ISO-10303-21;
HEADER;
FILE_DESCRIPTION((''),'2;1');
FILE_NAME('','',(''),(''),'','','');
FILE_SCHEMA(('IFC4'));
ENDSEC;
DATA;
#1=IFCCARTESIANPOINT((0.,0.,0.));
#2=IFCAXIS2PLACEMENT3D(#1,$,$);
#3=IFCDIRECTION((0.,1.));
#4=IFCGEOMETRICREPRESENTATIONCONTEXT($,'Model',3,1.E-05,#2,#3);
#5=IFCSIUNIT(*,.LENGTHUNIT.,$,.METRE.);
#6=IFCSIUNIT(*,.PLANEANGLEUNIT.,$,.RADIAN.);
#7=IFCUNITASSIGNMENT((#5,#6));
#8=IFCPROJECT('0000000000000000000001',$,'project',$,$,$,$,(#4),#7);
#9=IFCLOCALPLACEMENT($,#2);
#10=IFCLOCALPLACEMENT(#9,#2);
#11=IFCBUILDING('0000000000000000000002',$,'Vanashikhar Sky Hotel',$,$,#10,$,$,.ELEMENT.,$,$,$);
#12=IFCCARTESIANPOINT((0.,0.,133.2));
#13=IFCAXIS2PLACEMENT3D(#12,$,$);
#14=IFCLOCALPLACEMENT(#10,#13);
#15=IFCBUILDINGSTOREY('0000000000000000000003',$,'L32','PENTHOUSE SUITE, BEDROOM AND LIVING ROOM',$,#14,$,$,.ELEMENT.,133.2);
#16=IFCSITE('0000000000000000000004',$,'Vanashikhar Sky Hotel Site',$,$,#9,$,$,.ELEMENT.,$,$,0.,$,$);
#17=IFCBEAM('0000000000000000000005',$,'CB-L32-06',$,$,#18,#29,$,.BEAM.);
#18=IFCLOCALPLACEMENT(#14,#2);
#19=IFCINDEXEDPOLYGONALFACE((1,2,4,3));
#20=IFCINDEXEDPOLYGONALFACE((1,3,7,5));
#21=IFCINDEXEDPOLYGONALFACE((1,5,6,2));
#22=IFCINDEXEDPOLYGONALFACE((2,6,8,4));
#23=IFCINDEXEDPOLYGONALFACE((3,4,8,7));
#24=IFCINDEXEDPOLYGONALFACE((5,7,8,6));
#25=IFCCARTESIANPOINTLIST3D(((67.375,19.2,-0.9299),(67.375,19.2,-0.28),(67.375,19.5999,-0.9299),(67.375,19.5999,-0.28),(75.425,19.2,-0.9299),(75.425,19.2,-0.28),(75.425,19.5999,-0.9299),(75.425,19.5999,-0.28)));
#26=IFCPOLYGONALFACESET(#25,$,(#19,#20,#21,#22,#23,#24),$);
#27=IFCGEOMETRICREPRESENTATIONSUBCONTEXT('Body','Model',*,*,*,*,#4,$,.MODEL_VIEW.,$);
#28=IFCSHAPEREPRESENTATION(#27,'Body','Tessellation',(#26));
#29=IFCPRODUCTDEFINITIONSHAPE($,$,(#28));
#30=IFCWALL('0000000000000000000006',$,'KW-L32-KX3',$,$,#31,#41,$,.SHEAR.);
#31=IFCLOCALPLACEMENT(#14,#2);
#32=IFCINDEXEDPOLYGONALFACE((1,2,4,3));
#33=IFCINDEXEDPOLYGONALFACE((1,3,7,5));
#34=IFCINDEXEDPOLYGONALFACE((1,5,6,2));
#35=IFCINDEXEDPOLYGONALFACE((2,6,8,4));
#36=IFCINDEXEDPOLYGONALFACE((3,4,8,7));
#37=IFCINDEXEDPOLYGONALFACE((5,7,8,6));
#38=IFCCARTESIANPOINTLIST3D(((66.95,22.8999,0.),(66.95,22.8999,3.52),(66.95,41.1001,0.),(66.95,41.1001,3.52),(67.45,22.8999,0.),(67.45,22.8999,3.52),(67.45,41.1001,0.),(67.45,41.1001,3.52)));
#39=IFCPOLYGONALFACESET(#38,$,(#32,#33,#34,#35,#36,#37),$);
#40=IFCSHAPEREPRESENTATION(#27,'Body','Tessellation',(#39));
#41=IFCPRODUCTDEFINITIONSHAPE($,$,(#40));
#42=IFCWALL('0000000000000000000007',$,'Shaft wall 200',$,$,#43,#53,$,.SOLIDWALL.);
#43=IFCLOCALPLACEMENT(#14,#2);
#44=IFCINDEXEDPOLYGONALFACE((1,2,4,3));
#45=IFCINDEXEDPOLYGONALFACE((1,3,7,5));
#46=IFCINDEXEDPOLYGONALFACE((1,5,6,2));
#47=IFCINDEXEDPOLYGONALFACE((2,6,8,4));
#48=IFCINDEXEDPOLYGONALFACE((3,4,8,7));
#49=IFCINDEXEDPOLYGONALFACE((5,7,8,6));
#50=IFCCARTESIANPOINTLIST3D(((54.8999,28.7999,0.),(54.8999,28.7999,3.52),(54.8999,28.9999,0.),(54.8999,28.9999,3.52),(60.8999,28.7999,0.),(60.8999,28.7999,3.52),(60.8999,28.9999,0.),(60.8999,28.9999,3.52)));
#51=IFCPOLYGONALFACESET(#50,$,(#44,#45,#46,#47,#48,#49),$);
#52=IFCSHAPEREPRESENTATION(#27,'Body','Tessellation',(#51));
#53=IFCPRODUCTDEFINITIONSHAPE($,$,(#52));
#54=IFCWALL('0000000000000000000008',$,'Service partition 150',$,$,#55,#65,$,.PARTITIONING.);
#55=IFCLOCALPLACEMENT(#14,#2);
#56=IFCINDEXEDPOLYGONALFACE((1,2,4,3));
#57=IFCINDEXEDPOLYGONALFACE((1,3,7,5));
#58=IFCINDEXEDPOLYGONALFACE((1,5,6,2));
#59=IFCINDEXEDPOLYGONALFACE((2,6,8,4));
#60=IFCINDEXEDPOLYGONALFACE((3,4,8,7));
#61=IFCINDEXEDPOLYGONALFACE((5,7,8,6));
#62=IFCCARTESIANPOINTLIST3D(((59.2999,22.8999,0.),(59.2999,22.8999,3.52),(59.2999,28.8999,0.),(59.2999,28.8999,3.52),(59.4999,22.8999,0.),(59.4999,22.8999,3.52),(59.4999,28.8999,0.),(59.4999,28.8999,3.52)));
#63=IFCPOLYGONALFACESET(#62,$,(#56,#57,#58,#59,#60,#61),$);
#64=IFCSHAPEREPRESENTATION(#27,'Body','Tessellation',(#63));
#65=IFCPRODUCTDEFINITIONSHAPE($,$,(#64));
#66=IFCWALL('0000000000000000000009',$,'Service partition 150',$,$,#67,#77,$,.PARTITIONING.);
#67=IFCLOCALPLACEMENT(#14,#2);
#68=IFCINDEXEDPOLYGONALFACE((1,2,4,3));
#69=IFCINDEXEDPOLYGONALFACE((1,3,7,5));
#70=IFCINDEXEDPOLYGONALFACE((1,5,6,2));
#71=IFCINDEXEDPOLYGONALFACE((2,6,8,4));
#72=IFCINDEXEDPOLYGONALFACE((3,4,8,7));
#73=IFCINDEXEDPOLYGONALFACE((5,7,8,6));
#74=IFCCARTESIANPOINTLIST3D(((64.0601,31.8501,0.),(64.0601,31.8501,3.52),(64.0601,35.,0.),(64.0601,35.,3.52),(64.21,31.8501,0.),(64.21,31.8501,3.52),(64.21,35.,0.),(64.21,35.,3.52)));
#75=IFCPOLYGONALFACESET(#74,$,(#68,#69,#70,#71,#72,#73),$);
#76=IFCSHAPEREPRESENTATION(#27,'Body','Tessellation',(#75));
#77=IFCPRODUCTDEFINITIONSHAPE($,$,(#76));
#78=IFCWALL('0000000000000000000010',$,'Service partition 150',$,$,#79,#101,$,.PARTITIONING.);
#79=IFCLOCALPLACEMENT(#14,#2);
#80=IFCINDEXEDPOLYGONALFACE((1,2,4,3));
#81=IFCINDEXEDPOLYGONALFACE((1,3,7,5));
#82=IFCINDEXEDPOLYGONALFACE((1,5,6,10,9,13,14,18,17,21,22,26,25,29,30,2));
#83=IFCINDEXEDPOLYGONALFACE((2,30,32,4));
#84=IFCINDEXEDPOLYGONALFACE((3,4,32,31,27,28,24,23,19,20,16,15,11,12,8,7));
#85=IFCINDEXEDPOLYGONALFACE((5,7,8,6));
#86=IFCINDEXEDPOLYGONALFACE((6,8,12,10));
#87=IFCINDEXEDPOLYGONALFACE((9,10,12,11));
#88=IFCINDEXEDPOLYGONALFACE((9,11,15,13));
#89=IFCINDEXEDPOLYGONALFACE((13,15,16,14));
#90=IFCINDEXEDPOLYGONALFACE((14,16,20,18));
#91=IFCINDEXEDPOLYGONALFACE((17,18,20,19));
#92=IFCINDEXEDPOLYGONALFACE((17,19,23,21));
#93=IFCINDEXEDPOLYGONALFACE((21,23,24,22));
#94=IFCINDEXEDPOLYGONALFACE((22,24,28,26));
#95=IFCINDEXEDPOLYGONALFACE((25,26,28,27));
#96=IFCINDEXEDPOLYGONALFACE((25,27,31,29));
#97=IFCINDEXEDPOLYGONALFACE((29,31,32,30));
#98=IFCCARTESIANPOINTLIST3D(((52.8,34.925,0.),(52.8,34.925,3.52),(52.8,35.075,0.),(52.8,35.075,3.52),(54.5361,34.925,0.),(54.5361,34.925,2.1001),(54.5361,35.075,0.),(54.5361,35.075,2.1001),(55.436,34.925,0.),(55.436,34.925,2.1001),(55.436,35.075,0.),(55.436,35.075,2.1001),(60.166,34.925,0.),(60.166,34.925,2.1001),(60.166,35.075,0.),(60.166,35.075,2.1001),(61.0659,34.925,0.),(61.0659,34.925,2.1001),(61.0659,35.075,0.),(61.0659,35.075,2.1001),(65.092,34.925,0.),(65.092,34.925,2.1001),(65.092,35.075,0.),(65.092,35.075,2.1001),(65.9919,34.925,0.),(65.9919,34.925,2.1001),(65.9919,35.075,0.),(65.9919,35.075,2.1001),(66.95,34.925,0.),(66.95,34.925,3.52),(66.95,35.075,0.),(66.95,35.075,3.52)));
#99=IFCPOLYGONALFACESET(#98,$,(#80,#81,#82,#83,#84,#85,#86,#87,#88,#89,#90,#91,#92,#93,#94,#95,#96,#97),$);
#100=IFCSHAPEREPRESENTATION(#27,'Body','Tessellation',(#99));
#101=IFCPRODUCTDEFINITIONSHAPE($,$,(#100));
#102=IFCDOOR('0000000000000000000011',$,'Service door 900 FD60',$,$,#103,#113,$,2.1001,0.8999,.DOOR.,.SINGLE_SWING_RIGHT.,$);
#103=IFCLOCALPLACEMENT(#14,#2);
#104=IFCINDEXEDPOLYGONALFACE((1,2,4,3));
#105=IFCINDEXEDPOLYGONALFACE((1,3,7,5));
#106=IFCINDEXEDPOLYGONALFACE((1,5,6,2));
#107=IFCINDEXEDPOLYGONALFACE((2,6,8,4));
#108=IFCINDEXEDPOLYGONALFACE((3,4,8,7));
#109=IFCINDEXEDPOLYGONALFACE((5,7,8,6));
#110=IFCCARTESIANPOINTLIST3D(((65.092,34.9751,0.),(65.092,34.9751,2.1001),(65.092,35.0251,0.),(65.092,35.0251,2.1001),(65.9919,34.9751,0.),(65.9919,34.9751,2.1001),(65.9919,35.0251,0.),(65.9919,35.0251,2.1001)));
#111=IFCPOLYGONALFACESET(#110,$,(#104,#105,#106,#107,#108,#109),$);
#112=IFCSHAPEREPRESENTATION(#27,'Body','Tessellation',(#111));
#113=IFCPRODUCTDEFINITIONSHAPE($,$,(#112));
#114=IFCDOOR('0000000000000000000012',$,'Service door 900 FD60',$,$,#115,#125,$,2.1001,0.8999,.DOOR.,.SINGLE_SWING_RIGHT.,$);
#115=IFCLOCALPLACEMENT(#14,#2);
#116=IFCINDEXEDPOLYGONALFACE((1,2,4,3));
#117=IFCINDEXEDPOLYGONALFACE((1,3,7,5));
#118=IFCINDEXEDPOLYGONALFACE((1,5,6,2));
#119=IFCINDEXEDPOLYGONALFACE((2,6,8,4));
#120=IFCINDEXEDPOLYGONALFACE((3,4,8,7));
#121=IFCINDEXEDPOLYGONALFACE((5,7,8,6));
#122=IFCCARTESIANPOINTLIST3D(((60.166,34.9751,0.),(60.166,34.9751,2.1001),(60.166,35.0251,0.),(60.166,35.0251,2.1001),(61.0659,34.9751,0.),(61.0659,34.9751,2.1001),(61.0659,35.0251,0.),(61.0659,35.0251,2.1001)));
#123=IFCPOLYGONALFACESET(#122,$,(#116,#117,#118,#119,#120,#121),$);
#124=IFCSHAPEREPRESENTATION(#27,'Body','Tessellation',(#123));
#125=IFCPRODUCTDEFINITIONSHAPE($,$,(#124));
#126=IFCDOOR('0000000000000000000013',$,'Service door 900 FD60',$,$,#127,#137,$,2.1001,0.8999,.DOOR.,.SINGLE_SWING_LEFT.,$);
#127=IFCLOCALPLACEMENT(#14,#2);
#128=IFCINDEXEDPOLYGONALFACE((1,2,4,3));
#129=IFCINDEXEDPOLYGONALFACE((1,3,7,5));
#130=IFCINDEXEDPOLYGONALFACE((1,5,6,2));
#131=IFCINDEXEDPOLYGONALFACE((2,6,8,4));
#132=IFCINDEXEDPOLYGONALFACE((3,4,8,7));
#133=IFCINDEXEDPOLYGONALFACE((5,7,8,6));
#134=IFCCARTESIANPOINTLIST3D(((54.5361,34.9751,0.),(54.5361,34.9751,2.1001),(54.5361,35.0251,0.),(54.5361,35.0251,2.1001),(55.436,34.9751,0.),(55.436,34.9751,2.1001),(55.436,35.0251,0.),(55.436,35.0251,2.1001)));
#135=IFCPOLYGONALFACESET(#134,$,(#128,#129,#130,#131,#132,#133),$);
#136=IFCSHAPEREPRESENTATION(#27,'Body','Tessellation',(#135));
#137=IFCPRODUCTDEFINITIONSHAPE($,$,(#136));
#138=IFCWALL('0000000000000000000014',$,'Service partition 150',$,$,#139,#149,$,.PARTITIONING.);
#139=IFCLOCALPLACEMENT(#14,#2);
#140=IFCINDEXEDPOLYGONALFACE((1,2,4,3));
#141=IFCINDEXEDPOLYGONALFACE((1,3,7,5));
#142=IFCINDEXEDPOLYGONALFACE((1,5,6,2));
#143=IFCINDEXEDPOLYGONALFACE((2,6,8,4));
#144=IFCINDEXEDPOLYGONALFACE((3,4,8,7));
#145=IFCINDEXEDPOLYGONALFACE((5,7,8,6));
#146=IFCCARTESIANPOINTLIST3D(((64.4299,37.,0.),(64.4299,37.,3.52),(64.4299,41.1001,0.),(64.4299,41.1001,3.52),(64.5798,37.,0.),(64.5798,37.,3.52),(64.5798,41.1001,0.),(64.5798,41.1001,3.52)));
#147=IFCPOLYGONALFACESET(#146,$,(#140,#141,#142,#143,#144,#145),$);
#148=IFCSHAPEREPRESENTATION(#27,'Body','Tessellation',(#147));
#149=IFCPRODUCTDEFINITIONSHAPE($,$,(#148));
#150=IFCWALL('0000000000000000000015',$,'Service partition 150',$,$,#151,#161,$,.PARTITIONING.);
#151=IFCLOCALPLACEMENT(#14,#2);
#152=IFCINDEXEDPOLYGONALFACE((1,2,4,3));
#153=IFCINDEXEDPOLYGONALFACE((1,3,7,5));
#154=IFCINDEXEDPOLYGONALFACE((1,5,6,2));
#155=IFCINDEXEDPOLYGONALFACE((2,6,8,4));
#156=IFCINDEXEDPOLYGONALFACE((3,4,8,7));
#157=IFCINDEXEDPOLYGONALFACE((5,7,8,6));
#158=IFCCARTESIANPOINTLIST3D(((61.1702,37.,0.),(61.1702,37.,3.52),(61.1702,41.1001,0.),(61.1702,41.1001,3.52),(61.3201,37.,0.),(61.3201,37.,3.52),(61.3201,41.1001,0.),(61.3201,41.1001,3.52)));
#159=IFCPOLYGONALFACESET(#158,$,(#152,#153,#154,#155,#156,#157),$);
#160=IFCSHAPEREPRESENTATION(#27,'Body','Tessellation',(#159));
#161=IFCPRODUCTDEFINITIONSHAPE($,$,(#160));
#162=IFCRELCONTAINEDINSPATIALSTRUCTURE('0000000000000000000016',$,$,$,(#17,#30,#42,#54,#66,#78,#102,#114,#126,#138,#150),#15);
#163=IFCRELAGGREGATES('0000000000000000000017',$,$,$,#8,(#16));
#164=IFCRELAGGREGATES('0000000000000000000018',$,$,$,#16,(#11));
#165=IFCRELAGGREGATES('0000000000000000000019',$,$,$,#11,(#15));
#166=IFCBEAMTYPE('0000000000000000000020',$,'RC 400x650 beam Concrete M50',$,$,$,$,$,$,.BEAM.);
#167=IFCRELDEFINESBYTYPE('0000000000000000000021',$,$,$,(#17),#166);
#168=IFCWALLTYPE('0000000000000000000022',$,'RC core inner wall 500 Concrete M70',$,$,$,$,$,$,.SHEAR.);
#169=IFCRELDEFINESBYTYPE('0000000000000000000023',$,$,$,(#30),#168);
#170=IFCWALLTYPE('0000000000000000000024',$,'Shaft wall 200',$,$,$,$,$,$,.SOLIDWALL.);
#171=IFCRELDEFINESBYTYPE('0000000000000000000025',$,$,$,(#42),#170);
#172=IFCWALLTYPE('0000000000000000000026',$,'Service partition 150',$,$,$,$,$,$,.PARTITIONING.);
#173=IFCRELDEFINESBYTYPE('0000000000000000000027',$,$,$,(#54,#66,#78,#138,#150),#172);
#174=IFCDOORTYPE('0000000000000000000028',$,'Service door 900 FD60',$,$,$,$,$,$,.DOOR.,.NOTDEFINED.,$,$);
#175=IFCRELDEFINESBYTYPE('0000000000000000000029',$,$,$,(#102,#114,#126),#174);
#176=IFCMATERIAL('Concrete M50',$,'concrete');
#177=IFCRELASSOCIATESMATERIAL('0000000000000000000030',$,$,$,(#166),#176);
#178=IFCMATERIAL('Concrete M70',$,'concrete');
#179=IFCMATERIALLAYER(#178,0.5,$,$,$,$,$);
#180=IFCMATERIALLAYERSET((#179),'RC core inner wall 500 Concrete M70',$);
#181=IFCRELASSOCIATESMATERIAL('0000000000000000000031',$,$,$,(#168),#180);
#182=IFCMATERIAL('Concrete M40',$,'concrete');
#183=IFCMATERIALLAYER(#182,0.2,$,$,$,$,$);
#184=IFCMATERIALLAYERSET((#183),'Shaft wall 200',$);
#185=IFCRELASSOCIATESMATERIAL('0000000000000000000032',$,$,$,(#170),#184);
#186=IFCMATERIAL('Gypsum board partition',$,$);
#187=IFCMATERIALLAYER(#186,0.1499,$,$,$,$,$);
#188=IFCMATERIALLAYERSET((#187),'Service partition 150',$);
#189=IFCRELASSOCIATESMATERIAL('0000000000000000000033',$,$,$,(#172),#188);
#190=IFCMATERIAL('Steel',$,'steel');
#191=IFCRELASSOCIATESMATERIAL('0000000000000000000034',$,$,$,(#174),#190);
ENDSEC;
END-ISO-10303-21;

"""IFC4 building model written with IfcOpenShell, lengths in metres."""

from ifc_helpers import new_model, si_unit, direction, frame, frame_2d, origin, origin_2d, place, context, subcontext, project, spatial, rectangle, extrude, source, transform, mapped, material, layer, layer_set, material_profile, profile_set, type_object, element, fill, save


model = new_model("IFC4")

# Units and contexts
model_context = context("Model", 3, precision=1e-05, world=origin(), true_north=direction((0.0, 1.0)))
body_context = subcontext(model_context, "Body", "Model", "MODEL_VIEW")
ifc_project = project(units=[si_unit("LENGTHUNIT", "METRE"), si_unit("PLANEANGLEUNIT", "RADIAN")], contexts=[model_context])

# Site, building, storey
site_placement = place(None, origin())
site = spatial("IfcSite", under=ifc_project, at=site_placement, Name="Vanashikhar Sky Hotel Site", CompositionType="ELEMENT", RefElevation=0.0)
building_placement = place(site_placement, origin())
building = spatial("IfcBuilding", under=site, at=building_placement, Name="Vanashikhar Sky Hotel", CompositionType="ELEMENT")
storey_placement = place(building_placement, frame((0.0, 0.0, 133.2)))
storey = spatial("IfcBuildingStorey", under=building, at=storey_placement, Name="L32", Description="PENTHOUSE SUITE, BEDROOM AND LIVING ROOM", CompositionType="ELEMENT", Elevation=133.2)

# Beam
ifc_material_1 = material(Name="Concrete M50", Category="concrete")
ifc_material_profile = material_profile(ifc_material_1, rectangle(XDim=0.3999, YDim=0.6499, at=origin_2d()))
ifc_profile_set = profile_set([ifc_material_profile], Name="RC 400x650 beam Concrete M50")
beam_type = type_object("IfcBeamType", Name="RC 400x650 beam Concrete M50", PredefinedType="BEAM", material=ifc_profile_set)
shared_shape_1 = source(origin(), body_context, "Body", "SweptSolid", [
    extrude(rectangle(XDim=0.3999, YDim=0.6499, at=origin_2d()), origin(), (0.0, 0.0, 1.0), 8.05),
])
beam_placement = place(storey_placement, frame((67.375, 19.3999, -0.605), z_axis=(1.0, 0.0, 0.0), x_axis=(0.0, 1.0, 0.0)))
element("IfcBeam", 1, at=beam_placement, inside=storey, type_object=beam_type, Name="CB-L32-06", PredefinedType="BEAM", context=body_context, shape_type="MappedRepresentation", body=[
    mapped(shared_shape_1, transform((0.0, 0.0, 0.0), scale=1.0)),
])

# Walls
ifc_material_2 = material(Name="Concrete M70", Category="concrete")
ifc_layer_1 = layer(ifc_material_2, 0.5)
ifc_layer_set_1 = layer_set([ifc_layer_1], Name="RC core inner wall 500 Concrete M70")
wall_type_1 = type_object("IfcWallType", Name="RC core inner wall 500 Concrete M70", PredefinedType="SHEAR", material=ifc_layer_set_1)
shared_shape_2 = source(origin(), body_context, "Body", "SweptSolid", [
    extrude(rectangle(XDim=18.2002, YDim=0.5, at=frame_2d((9.1001, 0.0))), origin(), (0.0, 0.0, 1.0), 3.52),
])
wall_1_placement = place(storey_placement, frame((67.2, 22.8999, 0.0), z_axis=(0.0, 0.0, 1.0), x_axis=(0.0, 1.0, 0.0)))
element("IfcWall", 2, at=wall_1_placement, inside=storey, type_object=wall_type_1, Name="KW-L32-KX3", PredefinedType="SHEAR", context=body_context, shape_type="MappedRepresentation", body=[
    mapped(shared_shape_2, transform((0.0, 0.0, 0.0), scale=1.0)),
])
ifc_material_3 = material(Name="Concrete M40", Category="concrete")
ifc_layer_2 = layer(ifc_material_3, 0.2)
ifc_layer_set_2 = layer_set([ifc_layer_2], Name="Shaft wall 200")
wall_type_2 = type_object("IfcWallType", Name="Shaft wall 200", PredefinedType="SOLIDWALL", material=ifc_layer_set_2)
shared_shape_3 = source(origin(), body_context, "Body", "SweptSolid", [
    extrude(rectangle(XDim=6.0, YDim=0.2, at=frame_2d((3.0, 0.0))), origin(), (0.0, 0.0, 1.0), 3.52),
])
wall_2_placement = place(storey_placement, frame((60.8999, 28.8999, 0.0), z_axis=(0.0, 0.0, 1.0), x_axis=(-1.0, 0.0, 0.0)))
element("IfcWall", 3, at=wall_2_placement, inside=storey, type_object=wall_type_2, Name="Shaft wall 200", PredefinedType="SOLIDWALL", context=body_context, shape_type="MappedRepresentation", body=[
    mapped(shared_shape_3, transform((0.0, 0.0, 0.0), scale=1.0)),
])
ifc_material_4 = material(Name="Gypsum board partition")
ifc_layer_3 = layer(ifc_material_4, 0.1499)
ifc_layer_set_3 = layer_set([ifc_layer_3], Name="Service partition 150")
wall_type_3 = type_object("IfcWallType", Name="Service partition 150", PredefinedType="PARTITIONING", material=ifc_layer_set_3)
wall_3_placement = place(storey_placement, frame((59.3999, 22.8999, 0.0), z_axis=(0.0, 0.0, 1.0), x_axis=(0.0, 1.0, 0.0)))
element("IfcWall", 4, at=wall_3_placement, inside=storey, type_object=wall_type_3, Name="Service partition 150", PredefinedType="PARTITIONING", context=body_context, shape_type="MappedRepresentation", body=[
    mapped(shared_shape_3, transform((0.0, 0.0, 0.0), scale=1.0)),
])
shared_shape_4 = source(origin(), body_context, "Body", "SweptSolid", [
    extrude(rectangle(XDim=3.1499, YDim=0.1499, at=frame_2d((1.575, 0.0))), origin(), (0.0, 0.0, 1.0), 3.52),
])
wall_4_placement = place(storey_placement, frame((64.135, 31.8501, 0.0), z_axis=(0.0, 0.0, 1.0), x_axis=(0.0, 1.0, 0.0)))
element("IfcWall", 5, at=wall_4_placement, inside=storey, type_object=wall_type_3, Name="Service partition 150", PredefinedType="PARTITIONING", context=body_context, shape_type="MappedRepresentation", body=[
    mapped(shared_shape_4, transform((0.0, 0.0, 0.0), scale=1.0)),
])

# Wall, openings, doors
shared_shape_5 = source(origin(), body_context, "Body", "SweptSolid", [
    extrude(rectangle(XDim=14.1499, YDim=0.1499, at=frame_2d((7.075, 0.0))), origin(), (0.0, 0.0, 1.0), 3.52),
])
wall_5_placement = place(storey_placement, frame((66.95, 35.0, 0.0), z_axis=(0.0, 0.0, 1.0), x_axis=(-1.0, 0.0, 0.0)))
wall_5 = element("IfcWall", 6, at=wall_5_placement, inside=storey, type_object=wall_type_3, Name="Service partition 150", PredefinedType="PARTITIONING", context=body_context, shape_type="MappedRepresentation", body=[
    mapped(shared_shape_5, transform((0.0, 0.0, 0.0), scale=1.0)),
])
shared_shape_6 = source(origin(), body_context, "Body", "SweptSolid", [
    extrude(rectangle(XDim=0.8999, YDim=2.1001, at=frame_2d((0.45, 1.05))), frame((0.0, 0.085, 0.0), z_axis=(0.0, -1.0, 0.0), x_axis=(1.0, 0.0, 0.0)), (0.0, 0.0, 1.0), 0.1699),
])
opening_1_placement = place(wall_5_placement, frame((0.958, 0.0, 0.0)))
opening_1 = element("IfcOpeningElement", 7, at=opening_1_placement, cuts=wall_5, PredefinedType="OPENING", context=body_context, shape_type="MappedRepresentation", body=[
    mapped(shared_shape_6, transform((0.0, 0.0, 0.0), scale=1.0)),
])
opening_2_placement = place(wall_5_placement, frame((5.884, 0.0, 0.0)))
opening_2 = element("IfcOpeningElement", 8, at=opening_2_placement, cuts=wall_5, PredefinedType="OPENING", context=body_context, shape_type="MappedRepresentation", body=[
    mapped(shared_shape_6, transform((0.0, 0.0, 0.0), scale=1.0)),
])
opening_3_placement = place(wall_5_placement, frame((11.5139, 0.0, 0.0)))
opening_3 = element("IfcOpeningElement", 9, at=opening_3_placement, cuts=wall_5, PredefinedType="OPENING", context=body_context, shape_type="MappedRepresentation", body=[
    mapped(shared_shape_6, transform((0.0, 0.0, 0.0), scale=1.0)),
])
ifc_material_5 = material(Name="Steel", Category="steel")
door_type_1 = type_object("IfcDoorType", Name="Service door 900 FD60", OperationType="NOTDEFINED", PredefinedType="DOOR", material=ifc_material_5)
shared_shape_7 = source(origin(), body_context, "Body", "SweptSolid", [
    extrude(rectangle(XDim=0.8999, YDim=2.1001, at=frame_2d((0.45, 1.05))), frame((0.0, 0.0249, 0.0), z_axis=(0.0, -1.0, 0.0), x_axis=(1.0, 0.0, 0.0)), (0.0, 0.0, 1.0), 0.05),
])
door_1_placement = place(opening_1_placement, origin())
door_1 = element("IfcDoor", 10, at=door_1_placement, inside=storey, type_object=door_type_1, Name="Service door 900 FD60", OperationType="SINGLE_SWING_RIGHT", OverallHeight=2.1001, OverallWidth=0.8999, PredefinedType="DOOR", context=body_context, shape_type="MappedRepresentation", body=[
    mapped(shared_shape_7, transform((0.0, 0.0, 0.0), scale=1.0)),
])
fill(opening_1, door_1)
door_2_placement = place(opening_2_placement, origin())
door_2 = element("IfcDoor", 11, at=door_2_placement, inside=storey, type_object=door_type_1, Name="Service door 900 FD60", OperationType="SINGLE_SWING_RIGHT", OverallHeight=2.1001, OverallWidth=0.8999, PredefinedType="DOOR", context=body_context, shape_type="MappedRepresentation", body=[
    mapped(shared_shape_7, transform((0.0, 0.0, 0.0), scale=1.0)),
])
fill(opening_2, door_2)
door_3_placement = place(opening_3_placement, origin())
door_3 = element("IfcDoor", 12, at=door_3_placement, inside=storey, type_object=door_type_1, Name="Service door 900 FD60", OperationType="SINGLE_SWING_LEFT", OverallHeight=2.1001, OverallWidth=0.8999, PredefinedType="DOOR", context=body_context, shape_type="MappedRepresentation", body=[
    mapped(shared_shape_7, transform((0.0, 0.0, 0.0), scale=1.0)),
])
fill(opening_3, door_3)

# Walls
shared_shape_8 = source(origin(), body_context, "Body", "SweptSolid", [
    extrude(rectangle(XDim=4.1001, YDim=0.1499, at=frame_2d((2.05, 0.0))), origin(), (0.0, 0.0, 1.0), 3.52),
])
for number, where, z_axis, x_axis, name in (
    (13, (64.5049, 37.0, 0.0), (0.0, 0.0, 1.0), (0.0, 1.0, 0.0), "Service partition 150"),
    (14, (61.2451, 37.0, 0.0), (0.0, 0.0, 1.0), (0.0, 1.0, 0.0), "Service partition 150"),
):
    element("IfcWall", number, at=place(storey_placement, frame(where, z_axis=z_axis, x_axis=x_axis)), inside=storey, type_object=wall_type_3, Name=name, PredefinedType="PARTITIONING", context=body_context, shape_type="MappedRepresentation", body=[
        mapped(shared_shape_8, transform((0.0, 0.0, 0.0), scale=1.0)),
    ])

save(model, "model.ifc")
